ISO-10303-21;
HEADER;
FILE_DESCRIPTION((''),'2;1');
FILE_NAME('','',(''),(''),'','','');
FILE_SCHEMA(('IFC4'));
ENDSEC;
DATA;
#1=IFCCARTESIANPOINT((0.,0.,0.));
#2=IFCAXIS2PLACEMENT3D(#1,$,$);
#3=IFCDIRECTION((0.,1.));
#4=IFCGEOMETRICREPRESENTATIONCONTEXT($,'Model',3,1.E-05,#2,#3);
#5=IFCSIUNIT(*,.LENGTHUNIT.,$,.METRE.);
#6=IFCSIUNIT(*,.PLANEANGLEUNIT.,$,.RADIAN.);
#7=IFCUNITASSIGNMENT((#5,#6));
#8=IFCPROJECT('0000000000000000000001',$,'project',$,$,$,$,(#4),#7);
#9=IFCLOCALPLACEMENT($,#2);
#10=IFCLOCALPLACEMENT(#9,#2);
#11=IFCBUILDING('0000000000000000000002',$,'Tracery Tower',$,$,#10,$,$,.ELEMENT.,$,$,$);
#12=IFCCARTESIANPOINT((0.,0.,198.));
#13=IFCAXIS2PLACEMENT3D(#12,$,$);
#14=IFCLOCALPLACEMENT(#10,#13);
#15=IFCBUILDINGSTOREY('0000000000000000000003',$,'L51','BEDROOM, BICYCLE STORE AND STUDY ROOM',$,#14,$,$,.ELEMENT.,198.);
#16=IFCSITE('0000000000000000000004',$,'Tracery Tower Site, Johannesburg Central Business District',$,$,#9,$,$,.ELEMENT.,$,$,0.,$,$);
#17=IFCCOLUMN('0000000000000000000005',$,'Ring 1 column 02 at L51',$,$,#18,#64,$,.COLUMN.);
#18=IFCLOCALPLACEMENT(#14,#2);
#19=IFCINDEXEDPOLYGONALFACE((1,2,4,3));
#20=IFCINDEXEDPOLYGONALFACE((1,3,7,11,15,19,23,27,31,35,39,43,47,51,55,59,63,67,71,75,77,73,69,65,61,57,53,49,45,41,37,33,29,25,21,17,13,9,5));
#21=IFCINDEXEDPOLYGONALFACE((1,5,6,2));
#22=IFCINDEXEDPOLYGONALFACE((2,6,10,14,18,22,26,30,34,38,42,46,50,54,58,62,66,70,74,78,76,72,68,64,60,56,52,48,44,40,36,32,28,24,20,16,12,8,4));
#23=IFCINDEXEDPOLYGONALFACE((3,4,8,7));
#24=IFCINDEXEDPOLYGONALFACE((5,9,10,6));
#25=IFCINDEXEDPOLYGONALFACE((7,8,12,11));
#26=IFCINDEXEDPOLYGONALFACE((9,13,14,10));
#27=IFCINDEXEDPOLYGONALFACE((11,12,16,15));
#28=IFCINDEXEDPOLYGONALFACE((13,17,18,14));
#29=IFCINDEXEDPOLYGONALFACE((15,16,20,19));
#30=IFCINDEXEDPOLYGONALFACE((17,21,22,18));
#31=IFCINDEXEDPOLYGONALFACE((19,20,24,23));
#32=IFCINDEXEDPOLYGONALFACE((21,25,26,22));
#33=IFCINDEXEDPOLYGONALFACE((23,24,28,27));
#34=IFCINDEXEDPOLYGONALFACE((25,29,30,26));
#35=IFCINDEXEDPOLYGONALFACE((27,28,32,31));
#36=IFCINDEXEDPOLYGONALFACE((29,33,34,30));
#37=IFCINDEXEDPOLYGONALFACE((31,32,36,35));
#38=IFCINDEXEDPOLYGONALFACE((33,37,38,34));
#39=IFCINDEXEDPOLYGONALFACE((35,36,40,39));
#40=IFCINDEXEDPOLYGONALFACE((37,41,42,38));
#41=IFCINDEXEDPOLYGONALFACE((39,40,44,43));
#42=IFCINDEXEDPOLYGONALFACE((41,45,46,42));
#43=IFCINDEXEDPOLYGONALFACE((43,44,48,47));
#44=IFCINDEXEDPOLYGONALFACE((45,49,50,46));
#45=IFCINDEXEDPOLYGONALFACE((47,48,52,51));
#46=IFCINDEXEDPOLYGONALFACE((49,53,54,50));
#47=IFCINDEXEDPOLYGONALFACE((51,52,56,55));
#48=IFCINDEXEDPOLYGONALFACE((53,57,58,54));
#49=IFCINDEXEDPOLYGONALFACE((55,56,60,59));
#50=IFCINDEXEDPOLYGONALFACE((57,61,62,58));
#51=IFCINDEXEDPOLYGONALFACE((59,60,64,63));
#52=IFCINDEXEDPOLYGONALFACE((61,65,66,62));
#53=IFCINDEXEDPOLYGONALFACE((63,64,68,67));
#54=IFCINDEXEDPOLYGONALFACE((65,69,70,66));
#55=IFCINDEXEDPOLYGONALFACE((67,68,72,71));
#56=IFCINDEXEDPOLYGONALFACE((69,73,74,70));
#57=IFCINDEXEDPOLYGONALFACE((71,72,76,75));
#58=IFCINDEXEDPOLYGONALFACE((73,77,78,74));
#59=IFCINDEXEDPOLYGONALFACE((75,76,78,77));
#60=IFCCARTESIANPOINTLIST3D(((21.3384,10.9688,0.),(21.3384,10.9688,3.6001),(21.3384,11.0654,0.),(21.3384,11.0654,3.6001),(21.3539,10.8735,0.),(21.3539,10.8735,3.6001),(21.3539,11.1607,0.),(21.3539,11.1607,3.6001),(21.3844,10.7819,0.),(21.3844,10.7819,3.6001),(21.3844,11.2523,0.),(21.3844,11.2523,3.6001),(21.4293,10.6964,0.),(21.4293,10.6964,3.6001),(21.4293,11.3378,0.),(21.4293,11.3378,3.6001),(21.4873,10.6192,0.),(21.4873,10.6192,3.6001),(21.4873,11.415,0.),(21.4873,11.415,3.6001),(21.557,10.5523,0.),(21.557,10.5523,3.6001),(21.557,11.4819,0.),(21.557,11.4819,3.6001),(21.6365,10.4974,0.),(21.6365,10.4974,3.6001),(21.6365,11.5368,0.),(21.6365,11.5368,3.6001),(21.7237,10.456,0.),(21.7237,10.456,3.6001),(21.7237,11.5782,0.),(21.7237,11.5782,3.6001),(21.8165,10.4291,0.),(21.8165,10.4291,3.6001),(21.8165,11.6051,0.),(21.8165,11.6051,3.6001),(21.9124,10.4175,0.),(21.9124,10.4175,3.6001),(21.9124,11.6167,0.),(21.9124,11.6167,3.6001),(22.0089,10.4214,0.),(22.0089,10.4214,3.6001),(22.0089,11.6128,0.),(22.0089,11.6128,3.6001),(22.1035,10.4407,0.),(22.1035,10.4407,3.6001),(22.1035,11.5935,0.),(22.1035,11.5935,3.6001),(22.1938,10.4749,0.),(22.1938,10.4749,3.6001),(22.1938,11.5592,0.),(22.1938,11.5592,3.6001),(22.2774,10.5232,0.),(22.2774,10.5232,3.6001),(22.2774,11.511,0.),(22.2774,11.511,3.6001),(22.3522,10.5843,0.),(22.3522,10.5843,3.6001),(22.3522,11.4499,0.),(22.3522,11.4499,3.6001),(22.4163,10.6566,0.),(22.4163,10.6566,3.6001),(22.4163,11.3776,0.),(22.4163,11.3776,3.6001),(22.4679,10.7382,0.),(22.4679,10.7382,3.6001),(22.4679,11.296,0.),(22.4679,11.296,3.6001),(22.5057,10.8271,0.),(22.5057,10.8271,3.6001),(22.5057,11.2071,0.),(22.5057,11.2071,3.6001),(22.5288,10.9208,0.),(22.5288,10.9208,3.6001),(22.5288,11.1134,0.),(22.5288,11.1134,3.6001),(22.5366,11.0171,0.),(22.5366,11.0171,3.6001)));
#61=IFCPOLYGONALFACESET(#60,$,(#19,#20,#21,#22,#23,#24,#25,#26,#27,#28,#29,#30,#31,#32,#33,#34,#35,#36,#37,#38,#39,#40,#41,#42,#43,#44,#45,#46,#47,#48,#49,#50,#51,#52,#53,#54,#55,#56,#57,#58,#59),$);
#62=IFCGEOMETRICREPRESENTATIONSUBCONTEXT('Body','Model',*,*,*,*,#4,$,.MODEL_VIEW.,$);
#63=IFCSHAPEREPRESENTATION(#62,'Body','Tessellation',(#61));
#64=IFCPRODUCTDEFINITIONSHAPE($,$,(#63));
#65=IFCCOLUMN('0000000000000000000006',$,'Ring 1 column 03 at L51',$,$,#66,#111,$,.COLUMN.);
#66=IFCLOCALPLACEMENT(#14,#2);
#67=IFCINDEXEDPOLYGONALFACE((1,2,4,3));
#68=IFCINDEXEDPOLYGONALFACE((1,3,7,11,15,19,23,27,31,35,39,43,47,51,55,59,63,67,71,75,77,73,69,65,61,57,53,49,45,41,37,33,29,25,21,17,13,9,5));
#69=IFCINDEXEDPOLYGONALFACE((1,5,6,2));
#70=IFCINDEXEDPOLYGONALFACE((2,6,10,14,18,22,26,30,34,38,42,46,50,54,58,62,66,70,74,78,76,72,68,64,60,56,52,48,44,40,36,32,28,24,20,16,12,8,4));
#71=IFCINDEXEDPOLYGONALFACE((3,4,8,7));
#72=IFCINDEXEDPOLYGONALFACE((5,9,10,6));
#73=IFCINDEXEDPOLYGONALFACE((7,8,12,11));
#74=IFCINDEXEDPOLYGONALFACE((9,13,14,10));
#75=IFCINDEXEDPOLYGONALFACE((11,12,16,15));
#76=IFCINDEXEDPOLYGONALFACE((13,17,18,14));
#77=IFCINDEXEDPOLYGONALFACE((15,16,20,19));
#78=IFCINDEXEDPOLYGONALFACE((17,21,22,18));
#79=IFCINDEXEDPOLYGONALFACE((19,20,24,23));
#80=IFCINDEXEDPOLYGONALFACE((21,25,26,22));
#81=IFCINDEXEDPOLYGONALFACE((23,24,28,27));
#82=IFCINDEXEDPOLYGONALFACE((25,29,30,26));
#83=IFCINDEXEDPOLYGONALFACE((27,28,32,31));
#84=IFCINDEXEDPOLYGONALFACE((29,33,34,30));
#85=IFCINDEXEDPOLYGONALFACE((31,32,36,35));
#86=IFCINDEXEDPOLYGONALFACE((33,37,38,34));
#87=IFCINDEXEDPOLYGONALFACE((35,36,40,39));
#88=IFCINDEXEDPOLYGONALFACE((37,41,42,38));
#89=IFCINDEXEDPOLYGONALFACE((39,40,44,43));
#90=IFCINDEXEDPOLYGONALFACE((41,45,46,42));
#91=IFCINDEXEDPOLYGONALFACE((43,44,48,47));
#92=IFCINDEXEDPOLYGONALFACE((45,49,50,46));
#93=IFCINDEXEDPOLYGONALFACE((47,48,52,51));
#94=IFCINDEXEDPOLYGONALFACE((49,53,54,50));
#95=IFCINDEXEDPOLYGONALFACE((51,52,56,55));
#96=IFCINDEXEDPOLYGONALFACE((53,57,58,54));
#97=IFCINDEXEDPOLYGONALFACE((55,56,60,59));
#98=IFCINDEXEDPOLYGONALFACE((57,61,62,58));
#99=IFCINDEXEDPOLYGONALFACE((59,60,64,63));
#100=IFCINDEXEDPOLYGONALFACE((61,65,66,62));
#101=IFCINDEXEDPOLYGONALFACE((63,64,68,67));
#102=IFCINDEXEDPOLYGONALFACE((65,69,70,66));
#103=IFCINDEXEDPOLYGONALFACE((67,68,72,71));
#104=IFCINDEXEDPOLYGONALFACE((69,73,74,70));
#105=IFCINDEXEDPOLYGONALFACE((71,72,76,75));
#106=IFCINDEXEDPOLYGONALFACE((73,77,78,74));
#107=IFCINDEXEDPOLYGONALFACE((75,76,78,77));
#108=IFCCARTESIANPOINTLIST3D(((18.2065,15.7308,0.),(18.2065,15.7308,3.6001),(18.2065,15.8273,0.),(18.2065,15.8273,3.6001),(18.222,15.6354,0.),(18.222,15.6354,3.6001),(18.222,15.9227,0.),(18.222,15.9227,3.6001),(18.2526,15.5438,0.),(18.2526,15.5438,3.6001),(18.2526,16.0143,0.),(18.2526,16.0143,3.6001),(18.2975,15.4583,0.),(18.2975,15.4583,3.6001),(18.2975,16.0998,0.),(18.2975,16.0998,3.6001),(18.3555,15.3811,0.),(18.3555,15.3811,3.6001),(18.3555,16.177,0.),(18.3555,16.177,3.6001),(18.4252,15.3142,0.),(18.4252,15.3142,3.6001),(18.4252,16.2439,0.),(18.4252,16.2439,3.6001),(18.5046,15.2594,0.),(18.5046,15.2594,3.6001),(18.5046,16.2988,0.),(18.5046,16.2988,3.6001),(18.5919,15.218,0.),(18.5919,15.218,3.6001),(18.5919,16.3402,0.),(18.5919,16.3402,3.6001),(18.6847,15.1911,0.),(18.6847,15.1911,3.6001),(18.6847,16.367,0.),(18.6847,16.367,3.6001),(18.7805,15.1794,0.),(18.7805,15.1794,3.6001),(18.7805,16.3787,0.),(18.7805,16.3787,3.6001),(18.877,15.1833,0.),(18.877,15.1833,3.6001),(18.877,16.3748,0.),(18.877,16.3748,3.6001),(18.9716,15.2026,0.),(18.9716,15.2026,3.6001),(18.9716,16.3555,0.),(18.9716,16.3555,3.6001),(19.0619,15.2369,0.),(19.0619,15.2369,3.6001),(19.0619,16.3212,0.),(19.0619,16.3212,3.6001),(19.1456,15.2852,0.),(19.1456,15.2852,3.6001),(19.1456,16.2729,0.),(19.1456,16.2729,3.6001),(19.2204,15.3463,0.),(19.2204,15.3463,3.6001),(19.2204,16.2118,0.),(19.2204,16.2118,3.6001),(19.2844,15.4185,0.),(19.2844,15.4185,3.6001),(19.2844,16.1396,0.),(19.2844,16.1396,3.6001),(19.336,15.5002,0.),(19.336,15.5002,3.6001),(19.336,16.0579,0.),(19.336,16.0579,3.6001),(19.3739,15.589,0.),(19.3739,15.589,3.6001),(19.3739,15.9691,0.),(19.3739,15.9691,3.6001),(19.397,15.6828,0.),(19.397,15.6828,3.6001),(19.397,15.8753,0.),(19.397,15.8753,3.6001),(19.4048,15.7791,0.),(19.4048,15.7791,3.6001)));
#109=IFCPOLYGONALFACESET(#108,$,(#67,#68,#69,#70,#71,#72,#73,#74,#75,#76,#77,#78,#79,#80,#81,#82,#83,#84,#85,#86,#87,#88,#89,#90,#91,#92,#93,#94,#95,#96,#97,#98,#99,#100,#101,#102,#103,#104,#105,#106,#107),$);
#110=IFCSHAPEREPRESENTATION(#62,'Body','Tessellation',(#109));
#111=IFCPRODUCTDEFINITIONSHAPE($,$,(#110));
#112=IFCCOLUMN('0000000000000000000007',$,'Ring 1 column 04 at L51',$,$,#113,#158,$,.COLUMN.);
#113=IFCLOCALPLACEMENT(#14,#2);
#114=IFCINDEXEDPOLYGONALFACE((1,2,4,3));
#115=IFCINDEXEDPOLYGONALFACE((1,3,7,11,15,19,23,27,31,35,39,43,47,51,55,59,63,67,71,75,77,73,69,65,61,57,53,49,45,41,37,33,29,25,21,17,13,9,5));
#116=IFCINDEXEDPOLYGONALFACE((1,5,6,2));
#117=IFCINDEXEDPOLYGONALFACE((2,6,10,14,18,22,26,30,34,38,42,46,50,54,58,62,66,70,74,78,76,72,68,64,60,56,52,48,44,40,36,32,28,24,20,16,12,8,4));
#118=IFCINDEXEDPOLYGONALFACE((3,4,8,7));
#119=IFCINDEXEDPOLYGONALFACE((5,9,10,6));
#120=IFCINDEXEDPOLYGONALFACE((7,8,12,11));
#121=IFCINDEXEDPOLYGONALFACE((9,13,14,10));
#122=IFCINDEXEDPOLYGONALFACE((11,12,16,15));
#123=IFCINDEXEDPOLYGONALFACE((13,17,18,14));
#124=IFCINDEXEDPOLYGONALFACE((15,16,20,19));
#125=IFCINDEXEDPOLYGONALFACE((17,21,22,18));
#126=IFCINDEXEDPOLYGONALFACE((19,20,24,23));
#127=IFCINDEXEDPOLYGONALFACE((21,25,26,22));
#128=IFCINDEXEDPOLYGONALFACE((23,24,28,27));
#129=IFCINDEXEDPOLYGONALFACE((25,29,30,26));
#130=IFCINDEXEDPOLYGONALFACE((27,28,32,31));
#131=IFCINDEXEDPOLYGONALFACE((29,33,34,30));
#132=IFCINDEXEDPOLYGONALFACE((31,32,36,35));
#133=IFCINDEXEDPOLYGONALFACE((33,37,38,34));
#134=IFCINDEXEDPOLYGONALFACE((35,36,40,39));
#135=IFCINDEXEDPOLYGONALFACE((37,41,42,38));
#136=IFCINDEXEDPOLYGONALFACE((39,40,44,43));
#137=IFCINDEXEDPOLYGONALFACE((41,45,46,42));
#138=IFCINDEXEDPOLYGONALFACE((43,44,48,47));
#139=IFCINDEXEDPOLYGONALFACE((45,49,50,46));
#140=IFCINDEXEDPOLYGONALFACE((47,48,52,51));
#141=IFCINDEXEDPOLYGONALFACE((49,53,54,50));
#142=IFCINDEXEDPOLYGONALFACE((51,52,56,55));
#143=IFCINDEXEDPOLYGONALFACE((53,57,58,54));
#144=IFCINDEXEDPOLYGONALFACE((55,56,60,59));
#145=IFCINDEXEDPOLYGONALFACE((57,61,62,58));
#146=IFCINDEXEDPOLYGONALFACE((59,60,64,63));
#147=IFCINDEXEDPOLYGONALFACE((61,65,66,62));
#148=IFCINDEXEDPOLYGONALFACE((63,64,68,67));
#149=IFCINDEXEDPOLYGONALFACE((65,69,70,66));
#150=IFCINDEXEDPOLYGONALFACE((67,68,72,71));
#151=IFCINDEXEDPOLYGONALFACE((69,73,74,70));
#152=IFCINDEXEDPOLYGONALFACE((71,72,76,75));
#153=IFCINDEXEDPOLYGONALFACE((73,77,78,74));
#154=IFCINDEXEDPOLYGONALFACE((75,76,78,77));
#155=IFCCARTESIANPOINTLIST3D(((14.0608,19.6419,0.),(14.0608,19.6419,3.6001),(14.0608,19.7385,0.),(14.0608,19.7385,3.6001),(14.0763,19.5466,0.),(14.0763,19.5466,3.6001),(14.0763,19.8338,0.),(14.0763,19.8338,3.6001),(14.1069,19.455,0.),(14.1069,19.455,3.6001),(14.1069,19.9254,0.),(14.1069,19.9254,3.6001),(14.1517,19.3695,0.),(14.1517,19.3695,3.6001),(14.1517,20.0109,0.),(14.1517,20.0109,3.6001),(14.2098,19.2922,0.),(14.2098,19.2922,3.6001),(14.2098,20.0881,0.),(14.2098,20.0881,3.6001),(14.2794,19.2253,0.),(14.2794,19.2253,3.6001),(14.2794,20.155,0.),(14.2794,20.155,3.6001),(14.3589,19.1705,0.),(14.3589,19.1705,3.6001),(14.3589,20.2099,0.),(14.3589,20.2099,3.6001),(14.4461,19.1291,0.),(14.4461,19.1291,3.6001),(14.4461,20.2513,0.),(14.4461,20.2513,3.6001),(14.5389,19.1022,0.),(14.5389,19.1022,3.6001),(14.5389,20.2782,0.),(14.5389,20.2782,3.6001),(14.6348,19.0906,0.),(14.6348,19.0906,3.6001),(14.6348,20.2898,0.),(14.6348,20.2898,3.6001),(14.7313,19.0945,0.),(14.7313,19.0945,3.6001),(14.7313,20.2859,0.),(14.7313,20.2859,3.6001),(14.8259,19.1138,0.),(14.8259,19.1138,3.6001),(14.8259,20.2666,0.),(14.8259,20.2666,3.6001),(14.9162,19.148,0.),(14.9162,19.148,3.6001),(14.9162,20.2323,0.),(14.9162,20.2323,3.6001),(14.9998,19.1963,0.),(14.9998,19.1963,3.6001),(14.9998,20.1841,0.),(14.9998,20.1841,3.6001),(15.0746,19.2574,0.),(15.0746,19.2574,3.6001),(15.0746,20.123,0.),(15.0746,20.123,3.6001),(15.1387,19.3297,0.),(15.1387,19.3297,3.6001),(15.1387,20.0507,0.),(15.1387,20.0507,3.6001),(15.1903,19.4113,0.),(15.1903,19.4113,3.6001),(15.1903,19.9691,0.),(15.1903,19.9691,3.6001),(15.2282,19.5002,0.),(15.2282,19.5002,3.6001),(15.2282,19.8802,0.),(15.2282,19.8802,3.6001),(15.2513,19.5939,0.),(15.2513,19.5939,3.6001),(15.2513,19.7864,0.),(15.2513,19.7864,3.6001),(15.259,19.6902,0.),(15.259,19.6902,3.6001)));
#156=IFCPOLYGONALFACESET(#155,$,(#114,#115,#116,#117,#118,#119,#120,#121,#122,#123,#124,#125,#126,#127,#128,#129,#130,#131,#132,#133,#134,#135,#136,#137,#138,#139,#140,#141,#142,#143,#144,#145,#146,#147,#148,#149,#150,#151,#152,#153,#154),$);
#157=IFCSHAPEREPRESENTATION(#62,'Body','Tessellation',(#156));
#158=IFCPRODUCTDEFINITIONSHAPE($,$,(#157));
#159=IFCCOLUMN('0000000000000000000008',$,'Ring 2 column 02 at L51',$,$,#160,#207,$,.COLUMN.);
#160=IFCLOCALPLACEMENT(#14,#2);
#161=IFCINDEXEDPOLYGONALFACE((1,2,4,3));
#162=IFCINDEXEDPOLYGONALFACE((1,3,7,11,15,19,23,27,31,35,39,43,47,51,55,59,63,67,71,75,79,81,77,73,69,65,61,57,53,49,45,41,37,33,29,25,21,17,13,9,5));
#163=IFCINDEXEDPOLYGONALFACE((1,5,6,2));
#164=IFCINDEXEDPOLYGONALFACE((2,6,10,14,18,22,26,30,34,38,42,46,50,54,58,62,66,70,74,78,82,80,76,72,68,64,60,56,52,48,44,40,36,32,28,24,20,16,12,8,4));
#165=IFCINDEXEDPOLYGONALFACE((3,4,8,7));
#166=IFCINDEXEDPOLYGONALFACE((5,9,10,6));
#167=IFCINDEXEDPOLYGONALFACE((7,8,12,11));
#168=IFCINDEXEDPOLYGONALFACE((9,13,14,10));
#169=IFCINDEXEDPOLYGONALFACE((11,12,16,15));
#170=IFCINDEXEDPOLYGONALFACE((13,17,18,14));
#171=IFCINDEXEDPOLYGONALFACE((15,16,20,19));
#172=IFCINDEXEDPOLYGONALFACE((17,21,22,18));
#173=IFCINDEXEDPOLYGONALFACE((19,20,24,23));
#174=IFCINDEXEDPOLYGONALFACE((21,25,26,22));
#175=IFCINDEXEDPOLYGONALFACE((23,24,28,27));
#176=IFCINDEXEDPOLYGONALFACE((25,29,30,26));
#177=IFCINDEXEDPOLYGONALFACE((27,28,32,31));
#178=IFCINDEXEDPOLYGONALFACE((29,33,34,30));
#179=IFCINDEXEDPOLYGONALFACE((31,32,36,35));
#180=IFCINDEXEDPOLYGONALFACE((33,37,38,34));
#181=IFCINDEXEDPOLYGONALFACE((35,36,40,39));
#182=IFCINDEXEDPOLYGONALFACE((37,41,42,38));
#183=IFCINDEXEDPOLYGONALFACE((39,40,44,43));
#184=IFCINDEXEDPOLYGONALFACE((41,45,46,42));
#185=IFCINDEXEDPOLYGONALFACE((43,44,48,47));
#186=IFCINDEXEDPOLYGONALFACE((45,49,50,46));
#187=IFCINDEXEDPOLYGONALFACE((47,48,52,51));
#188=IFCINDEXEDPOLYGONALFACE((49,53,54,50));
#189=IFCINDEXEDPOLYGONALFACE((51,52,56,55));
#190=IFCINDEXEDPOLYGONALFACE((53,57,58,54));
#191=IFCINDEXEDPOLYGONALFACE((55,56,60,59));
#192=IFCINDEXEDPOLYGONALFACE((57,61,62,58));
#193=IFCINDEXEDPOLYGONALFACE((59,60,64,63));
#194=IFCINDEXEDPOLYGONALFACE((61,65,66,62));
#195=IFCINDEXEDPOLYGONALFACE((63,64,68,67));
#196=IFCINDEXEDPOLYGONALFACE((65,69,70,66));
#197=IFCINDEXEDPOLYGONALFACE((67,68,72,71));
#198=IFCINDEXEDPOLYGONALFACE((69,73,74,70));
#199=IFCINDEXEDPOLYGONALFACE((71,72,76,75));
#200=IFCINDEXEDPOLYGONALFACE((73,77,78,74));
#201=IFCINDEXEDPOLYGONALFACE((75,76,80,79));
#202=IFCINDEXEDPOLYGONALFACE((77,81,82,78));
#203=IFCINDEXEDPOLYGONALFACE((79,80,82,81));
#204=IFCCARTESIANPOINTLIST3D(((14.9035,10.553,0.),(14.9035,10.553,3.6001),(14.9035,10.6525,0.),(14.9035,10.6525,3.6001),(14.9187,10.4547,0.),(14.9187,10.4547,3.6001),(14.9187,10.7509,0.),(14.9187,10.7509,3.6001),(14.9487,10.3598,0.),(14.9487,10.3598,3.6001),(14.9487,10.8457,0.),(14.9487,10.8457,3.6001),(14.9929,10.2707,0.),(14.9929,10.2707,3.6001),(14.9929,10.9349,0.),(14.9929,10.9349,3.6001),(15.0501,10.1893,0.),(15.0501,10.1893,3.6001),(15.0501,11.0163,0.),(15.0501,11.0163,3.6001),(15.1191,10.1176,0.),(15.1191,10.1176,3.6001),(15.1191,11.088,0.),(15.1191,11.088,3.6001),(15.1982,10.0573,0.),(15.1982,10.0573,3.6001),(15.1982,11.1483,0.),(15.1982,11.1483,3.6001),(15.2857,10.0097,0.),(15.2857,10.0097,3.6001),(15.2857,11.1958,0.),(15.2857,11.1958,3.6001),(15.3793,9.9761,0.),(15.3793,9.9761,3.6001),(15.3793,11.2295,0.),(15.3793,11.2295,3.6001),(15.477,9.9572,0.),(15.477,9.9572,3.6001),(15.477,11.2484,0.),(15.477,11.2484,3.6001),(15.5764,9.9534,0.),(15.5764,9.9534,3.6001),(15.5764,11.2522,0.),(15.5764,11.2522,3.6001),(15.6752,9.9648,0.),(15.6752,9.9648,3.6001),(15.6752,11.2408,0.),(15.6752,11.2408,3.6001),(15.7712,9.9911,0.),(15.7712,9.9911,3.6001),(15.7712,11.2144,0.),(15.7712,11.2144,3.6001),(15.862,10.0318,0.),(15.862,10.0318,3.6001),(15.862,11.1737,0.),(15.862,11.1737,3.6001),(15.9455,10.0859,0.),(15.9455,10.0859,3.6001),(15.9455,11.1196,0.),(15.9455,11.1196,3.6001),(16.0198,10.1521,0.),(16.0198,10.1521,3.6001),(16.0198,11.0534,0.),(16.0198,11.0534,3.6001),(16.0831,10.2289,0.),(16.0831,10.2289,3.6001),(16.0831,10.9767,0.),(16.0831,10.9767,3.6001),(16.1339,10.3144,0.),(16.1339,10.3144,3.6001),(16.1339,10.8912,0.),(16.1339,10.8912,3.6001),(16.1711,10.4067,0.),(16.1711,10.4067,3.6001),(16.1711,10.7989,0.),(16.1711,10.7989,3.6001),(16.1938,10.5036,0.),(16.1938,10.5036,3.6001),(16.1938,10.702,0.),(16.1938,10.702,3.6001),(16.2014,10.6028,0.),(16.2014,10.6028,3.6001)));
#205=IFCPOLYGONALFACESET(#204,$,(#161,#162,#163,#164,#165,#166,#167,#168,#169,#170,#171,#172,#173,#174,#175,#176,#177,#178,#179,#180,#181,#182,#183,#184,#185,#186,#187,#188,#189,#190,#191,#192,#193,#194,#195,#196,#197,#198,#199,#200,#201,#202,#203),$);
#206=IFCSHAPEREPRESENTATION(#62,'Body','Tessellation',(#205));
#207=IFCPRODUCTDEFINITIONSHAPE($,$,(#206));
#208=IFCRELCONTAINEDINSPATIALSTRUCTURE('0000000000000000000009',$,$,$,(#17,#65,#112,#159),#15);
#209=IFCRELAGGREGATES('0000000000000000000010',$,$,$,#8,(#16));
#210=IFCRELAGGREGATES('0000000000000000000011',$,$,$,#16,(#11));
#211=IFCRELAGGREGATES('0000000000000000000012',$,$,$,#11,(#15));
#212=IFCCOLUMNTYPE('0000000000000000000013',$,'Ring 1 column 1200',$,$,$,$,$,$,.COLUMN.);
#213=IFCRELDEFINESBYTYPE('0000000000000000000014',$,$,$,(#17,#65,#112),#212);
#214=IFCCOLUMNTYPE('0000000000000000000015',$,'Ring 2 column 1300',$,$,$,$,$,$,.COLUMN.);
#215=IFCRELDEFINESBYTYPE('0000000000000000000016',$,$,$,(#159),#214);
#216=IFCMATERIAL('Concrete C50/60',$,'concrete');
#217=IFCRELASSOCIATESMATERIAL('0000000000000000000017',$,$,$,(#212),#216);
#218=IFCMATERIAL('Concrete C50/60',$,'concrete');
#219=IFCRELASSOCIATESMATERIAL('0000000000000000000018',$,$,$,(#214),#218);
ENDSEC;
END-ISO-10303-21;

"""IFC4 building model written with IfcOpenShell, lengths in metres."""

from ifc_helpers import new_model, si_unit, direction, frame, origin, origin_2d, place, context, subcontext, project, spatial, circle, extrude, material, material_profile, profile_set, type_object, element, save


model = new_model("IFC4")

# Units and contexts
model_context = context("Model", 3, precision=1e-05, world=origin(), true_north=direction((0.0, 1.0)))
body_context = subcontext(model_context, "Body", "Model", "MODEL_VIEW")
ifc_project = project(units=[si_unit("LENGTHUNIT", "METRE"), si_unit("PLANEANGLEUNIT", "RADIAN")], contexts=[model_context])

# Site, building, storey
site_placement = place(None, origin())
site = spatial("IfcSite", under=ifc_project, at=site_placement, Name="Tracery Tower Site, Johannesburg Central Business District", CompositionType="ELEMENT", RefElevation=0.0)
building_placement = place(site_placement, origin())
building = spatial("IfcBuilding", under=site, at=building_placement, Name="Tracery Tower", CompositionType="ELEMENT")
storey_placement = place(building_placement, frame((0.0, 0.0, 198.0)))
storey = spatial("IfcBuildingStorey", under=building, at=storey_placement, Name="L51", Description="BEDROOM, BICYCLE STORE AND STUDY ROOM", CompositionType="ELEMENT", Elevation=198.0)

# Columns
ifc_material_1 = material(Name="Concrete C50/60", Category="concrete")
ifc_material_profile_1 = material_profile(ifc_material_1, circle(Radius=0.6001, at=origin_2d()), Name="RC D1200")
ifc_profile_set_1 = profile_set([ifc_material_profile_1], Name="Concrete C50/60")
column_type_1 = type_object("IfcColumnType", Name="Ring 1 column 1200", PredefinedType="COLUMN", material=ifc_profile_set_1)
for number, where, z_axis, x_axis, name in (
    (1, (21.9365, 11.0171, 0.0), (0.0, 0.0, 1.0), (1.0, 0.0, 0.0), "Ring 1 column 02 at L51"),
    (2, (18.8047, 15.7791, 0.0), (0.0, 0.0, 1.0), (1.0, 0.0, 0.0), "Ring 1 column 03 at L51"),
    (3, (14.6589, 19.6902, 0.0), (0.0, 0.0, 1.0), (1.0, 0.0, 0.0), "Ring 1 column 04 at L51"),
):
    element("IfcColumn", number, at=place(storey_placement, frame(where, z_axis=z_axis, x_axis=x_axis)), inside=storey, type_object=column_type_1, Name=name, PredefinedType="COLUMN", context=body_context, shape_type="SweptSolid", body=[
        extrude(circle(Radius=0.6001, at=origin_2d()), origin(), (0.0, 0.0, 1.0), 3.6001),
    ])
ifc_material_2 = material(Name="Concrete C50/60", Category="concrete")
ifc_material_profile_2 = material_profile(ifc_material_2, circle(Radius=0.6499, at=origin_2d()), Name="RC D1300")
ifc_profile_set_2 = profile_set([ifc_material_profile_2], Name="Concrete C50/60")
column_type_2 = type_object("IfcColumnType", Name="Ring 2 column 1300", PredefinedType="COLUMN", material=ifc_profile_set_2)
for number, where, z_axis, x_axis, name in (
    (4, (15.5515, 10.6028, 0.0), (0.0, 0.0, 1.0), (1.0, 0.0, 0.0), "Ring 2 column 02 at L51"),
):
    element("IfcColumn", number, at=place(storey_placement, frame(where, z_axis=z_axis, x_axis=x_axis)), inside=storey, type_object=column_type_2, Name=name, PredefinedType="COLUMN", context=body_context, shape_type="SweptSolid", body=[
        extrude(circle(Radius=0.6499, at=origin_2d()), origin(), (0.0, 0.0, 1.0), 3.6001),
    ])

save(model, "model.ifc")
